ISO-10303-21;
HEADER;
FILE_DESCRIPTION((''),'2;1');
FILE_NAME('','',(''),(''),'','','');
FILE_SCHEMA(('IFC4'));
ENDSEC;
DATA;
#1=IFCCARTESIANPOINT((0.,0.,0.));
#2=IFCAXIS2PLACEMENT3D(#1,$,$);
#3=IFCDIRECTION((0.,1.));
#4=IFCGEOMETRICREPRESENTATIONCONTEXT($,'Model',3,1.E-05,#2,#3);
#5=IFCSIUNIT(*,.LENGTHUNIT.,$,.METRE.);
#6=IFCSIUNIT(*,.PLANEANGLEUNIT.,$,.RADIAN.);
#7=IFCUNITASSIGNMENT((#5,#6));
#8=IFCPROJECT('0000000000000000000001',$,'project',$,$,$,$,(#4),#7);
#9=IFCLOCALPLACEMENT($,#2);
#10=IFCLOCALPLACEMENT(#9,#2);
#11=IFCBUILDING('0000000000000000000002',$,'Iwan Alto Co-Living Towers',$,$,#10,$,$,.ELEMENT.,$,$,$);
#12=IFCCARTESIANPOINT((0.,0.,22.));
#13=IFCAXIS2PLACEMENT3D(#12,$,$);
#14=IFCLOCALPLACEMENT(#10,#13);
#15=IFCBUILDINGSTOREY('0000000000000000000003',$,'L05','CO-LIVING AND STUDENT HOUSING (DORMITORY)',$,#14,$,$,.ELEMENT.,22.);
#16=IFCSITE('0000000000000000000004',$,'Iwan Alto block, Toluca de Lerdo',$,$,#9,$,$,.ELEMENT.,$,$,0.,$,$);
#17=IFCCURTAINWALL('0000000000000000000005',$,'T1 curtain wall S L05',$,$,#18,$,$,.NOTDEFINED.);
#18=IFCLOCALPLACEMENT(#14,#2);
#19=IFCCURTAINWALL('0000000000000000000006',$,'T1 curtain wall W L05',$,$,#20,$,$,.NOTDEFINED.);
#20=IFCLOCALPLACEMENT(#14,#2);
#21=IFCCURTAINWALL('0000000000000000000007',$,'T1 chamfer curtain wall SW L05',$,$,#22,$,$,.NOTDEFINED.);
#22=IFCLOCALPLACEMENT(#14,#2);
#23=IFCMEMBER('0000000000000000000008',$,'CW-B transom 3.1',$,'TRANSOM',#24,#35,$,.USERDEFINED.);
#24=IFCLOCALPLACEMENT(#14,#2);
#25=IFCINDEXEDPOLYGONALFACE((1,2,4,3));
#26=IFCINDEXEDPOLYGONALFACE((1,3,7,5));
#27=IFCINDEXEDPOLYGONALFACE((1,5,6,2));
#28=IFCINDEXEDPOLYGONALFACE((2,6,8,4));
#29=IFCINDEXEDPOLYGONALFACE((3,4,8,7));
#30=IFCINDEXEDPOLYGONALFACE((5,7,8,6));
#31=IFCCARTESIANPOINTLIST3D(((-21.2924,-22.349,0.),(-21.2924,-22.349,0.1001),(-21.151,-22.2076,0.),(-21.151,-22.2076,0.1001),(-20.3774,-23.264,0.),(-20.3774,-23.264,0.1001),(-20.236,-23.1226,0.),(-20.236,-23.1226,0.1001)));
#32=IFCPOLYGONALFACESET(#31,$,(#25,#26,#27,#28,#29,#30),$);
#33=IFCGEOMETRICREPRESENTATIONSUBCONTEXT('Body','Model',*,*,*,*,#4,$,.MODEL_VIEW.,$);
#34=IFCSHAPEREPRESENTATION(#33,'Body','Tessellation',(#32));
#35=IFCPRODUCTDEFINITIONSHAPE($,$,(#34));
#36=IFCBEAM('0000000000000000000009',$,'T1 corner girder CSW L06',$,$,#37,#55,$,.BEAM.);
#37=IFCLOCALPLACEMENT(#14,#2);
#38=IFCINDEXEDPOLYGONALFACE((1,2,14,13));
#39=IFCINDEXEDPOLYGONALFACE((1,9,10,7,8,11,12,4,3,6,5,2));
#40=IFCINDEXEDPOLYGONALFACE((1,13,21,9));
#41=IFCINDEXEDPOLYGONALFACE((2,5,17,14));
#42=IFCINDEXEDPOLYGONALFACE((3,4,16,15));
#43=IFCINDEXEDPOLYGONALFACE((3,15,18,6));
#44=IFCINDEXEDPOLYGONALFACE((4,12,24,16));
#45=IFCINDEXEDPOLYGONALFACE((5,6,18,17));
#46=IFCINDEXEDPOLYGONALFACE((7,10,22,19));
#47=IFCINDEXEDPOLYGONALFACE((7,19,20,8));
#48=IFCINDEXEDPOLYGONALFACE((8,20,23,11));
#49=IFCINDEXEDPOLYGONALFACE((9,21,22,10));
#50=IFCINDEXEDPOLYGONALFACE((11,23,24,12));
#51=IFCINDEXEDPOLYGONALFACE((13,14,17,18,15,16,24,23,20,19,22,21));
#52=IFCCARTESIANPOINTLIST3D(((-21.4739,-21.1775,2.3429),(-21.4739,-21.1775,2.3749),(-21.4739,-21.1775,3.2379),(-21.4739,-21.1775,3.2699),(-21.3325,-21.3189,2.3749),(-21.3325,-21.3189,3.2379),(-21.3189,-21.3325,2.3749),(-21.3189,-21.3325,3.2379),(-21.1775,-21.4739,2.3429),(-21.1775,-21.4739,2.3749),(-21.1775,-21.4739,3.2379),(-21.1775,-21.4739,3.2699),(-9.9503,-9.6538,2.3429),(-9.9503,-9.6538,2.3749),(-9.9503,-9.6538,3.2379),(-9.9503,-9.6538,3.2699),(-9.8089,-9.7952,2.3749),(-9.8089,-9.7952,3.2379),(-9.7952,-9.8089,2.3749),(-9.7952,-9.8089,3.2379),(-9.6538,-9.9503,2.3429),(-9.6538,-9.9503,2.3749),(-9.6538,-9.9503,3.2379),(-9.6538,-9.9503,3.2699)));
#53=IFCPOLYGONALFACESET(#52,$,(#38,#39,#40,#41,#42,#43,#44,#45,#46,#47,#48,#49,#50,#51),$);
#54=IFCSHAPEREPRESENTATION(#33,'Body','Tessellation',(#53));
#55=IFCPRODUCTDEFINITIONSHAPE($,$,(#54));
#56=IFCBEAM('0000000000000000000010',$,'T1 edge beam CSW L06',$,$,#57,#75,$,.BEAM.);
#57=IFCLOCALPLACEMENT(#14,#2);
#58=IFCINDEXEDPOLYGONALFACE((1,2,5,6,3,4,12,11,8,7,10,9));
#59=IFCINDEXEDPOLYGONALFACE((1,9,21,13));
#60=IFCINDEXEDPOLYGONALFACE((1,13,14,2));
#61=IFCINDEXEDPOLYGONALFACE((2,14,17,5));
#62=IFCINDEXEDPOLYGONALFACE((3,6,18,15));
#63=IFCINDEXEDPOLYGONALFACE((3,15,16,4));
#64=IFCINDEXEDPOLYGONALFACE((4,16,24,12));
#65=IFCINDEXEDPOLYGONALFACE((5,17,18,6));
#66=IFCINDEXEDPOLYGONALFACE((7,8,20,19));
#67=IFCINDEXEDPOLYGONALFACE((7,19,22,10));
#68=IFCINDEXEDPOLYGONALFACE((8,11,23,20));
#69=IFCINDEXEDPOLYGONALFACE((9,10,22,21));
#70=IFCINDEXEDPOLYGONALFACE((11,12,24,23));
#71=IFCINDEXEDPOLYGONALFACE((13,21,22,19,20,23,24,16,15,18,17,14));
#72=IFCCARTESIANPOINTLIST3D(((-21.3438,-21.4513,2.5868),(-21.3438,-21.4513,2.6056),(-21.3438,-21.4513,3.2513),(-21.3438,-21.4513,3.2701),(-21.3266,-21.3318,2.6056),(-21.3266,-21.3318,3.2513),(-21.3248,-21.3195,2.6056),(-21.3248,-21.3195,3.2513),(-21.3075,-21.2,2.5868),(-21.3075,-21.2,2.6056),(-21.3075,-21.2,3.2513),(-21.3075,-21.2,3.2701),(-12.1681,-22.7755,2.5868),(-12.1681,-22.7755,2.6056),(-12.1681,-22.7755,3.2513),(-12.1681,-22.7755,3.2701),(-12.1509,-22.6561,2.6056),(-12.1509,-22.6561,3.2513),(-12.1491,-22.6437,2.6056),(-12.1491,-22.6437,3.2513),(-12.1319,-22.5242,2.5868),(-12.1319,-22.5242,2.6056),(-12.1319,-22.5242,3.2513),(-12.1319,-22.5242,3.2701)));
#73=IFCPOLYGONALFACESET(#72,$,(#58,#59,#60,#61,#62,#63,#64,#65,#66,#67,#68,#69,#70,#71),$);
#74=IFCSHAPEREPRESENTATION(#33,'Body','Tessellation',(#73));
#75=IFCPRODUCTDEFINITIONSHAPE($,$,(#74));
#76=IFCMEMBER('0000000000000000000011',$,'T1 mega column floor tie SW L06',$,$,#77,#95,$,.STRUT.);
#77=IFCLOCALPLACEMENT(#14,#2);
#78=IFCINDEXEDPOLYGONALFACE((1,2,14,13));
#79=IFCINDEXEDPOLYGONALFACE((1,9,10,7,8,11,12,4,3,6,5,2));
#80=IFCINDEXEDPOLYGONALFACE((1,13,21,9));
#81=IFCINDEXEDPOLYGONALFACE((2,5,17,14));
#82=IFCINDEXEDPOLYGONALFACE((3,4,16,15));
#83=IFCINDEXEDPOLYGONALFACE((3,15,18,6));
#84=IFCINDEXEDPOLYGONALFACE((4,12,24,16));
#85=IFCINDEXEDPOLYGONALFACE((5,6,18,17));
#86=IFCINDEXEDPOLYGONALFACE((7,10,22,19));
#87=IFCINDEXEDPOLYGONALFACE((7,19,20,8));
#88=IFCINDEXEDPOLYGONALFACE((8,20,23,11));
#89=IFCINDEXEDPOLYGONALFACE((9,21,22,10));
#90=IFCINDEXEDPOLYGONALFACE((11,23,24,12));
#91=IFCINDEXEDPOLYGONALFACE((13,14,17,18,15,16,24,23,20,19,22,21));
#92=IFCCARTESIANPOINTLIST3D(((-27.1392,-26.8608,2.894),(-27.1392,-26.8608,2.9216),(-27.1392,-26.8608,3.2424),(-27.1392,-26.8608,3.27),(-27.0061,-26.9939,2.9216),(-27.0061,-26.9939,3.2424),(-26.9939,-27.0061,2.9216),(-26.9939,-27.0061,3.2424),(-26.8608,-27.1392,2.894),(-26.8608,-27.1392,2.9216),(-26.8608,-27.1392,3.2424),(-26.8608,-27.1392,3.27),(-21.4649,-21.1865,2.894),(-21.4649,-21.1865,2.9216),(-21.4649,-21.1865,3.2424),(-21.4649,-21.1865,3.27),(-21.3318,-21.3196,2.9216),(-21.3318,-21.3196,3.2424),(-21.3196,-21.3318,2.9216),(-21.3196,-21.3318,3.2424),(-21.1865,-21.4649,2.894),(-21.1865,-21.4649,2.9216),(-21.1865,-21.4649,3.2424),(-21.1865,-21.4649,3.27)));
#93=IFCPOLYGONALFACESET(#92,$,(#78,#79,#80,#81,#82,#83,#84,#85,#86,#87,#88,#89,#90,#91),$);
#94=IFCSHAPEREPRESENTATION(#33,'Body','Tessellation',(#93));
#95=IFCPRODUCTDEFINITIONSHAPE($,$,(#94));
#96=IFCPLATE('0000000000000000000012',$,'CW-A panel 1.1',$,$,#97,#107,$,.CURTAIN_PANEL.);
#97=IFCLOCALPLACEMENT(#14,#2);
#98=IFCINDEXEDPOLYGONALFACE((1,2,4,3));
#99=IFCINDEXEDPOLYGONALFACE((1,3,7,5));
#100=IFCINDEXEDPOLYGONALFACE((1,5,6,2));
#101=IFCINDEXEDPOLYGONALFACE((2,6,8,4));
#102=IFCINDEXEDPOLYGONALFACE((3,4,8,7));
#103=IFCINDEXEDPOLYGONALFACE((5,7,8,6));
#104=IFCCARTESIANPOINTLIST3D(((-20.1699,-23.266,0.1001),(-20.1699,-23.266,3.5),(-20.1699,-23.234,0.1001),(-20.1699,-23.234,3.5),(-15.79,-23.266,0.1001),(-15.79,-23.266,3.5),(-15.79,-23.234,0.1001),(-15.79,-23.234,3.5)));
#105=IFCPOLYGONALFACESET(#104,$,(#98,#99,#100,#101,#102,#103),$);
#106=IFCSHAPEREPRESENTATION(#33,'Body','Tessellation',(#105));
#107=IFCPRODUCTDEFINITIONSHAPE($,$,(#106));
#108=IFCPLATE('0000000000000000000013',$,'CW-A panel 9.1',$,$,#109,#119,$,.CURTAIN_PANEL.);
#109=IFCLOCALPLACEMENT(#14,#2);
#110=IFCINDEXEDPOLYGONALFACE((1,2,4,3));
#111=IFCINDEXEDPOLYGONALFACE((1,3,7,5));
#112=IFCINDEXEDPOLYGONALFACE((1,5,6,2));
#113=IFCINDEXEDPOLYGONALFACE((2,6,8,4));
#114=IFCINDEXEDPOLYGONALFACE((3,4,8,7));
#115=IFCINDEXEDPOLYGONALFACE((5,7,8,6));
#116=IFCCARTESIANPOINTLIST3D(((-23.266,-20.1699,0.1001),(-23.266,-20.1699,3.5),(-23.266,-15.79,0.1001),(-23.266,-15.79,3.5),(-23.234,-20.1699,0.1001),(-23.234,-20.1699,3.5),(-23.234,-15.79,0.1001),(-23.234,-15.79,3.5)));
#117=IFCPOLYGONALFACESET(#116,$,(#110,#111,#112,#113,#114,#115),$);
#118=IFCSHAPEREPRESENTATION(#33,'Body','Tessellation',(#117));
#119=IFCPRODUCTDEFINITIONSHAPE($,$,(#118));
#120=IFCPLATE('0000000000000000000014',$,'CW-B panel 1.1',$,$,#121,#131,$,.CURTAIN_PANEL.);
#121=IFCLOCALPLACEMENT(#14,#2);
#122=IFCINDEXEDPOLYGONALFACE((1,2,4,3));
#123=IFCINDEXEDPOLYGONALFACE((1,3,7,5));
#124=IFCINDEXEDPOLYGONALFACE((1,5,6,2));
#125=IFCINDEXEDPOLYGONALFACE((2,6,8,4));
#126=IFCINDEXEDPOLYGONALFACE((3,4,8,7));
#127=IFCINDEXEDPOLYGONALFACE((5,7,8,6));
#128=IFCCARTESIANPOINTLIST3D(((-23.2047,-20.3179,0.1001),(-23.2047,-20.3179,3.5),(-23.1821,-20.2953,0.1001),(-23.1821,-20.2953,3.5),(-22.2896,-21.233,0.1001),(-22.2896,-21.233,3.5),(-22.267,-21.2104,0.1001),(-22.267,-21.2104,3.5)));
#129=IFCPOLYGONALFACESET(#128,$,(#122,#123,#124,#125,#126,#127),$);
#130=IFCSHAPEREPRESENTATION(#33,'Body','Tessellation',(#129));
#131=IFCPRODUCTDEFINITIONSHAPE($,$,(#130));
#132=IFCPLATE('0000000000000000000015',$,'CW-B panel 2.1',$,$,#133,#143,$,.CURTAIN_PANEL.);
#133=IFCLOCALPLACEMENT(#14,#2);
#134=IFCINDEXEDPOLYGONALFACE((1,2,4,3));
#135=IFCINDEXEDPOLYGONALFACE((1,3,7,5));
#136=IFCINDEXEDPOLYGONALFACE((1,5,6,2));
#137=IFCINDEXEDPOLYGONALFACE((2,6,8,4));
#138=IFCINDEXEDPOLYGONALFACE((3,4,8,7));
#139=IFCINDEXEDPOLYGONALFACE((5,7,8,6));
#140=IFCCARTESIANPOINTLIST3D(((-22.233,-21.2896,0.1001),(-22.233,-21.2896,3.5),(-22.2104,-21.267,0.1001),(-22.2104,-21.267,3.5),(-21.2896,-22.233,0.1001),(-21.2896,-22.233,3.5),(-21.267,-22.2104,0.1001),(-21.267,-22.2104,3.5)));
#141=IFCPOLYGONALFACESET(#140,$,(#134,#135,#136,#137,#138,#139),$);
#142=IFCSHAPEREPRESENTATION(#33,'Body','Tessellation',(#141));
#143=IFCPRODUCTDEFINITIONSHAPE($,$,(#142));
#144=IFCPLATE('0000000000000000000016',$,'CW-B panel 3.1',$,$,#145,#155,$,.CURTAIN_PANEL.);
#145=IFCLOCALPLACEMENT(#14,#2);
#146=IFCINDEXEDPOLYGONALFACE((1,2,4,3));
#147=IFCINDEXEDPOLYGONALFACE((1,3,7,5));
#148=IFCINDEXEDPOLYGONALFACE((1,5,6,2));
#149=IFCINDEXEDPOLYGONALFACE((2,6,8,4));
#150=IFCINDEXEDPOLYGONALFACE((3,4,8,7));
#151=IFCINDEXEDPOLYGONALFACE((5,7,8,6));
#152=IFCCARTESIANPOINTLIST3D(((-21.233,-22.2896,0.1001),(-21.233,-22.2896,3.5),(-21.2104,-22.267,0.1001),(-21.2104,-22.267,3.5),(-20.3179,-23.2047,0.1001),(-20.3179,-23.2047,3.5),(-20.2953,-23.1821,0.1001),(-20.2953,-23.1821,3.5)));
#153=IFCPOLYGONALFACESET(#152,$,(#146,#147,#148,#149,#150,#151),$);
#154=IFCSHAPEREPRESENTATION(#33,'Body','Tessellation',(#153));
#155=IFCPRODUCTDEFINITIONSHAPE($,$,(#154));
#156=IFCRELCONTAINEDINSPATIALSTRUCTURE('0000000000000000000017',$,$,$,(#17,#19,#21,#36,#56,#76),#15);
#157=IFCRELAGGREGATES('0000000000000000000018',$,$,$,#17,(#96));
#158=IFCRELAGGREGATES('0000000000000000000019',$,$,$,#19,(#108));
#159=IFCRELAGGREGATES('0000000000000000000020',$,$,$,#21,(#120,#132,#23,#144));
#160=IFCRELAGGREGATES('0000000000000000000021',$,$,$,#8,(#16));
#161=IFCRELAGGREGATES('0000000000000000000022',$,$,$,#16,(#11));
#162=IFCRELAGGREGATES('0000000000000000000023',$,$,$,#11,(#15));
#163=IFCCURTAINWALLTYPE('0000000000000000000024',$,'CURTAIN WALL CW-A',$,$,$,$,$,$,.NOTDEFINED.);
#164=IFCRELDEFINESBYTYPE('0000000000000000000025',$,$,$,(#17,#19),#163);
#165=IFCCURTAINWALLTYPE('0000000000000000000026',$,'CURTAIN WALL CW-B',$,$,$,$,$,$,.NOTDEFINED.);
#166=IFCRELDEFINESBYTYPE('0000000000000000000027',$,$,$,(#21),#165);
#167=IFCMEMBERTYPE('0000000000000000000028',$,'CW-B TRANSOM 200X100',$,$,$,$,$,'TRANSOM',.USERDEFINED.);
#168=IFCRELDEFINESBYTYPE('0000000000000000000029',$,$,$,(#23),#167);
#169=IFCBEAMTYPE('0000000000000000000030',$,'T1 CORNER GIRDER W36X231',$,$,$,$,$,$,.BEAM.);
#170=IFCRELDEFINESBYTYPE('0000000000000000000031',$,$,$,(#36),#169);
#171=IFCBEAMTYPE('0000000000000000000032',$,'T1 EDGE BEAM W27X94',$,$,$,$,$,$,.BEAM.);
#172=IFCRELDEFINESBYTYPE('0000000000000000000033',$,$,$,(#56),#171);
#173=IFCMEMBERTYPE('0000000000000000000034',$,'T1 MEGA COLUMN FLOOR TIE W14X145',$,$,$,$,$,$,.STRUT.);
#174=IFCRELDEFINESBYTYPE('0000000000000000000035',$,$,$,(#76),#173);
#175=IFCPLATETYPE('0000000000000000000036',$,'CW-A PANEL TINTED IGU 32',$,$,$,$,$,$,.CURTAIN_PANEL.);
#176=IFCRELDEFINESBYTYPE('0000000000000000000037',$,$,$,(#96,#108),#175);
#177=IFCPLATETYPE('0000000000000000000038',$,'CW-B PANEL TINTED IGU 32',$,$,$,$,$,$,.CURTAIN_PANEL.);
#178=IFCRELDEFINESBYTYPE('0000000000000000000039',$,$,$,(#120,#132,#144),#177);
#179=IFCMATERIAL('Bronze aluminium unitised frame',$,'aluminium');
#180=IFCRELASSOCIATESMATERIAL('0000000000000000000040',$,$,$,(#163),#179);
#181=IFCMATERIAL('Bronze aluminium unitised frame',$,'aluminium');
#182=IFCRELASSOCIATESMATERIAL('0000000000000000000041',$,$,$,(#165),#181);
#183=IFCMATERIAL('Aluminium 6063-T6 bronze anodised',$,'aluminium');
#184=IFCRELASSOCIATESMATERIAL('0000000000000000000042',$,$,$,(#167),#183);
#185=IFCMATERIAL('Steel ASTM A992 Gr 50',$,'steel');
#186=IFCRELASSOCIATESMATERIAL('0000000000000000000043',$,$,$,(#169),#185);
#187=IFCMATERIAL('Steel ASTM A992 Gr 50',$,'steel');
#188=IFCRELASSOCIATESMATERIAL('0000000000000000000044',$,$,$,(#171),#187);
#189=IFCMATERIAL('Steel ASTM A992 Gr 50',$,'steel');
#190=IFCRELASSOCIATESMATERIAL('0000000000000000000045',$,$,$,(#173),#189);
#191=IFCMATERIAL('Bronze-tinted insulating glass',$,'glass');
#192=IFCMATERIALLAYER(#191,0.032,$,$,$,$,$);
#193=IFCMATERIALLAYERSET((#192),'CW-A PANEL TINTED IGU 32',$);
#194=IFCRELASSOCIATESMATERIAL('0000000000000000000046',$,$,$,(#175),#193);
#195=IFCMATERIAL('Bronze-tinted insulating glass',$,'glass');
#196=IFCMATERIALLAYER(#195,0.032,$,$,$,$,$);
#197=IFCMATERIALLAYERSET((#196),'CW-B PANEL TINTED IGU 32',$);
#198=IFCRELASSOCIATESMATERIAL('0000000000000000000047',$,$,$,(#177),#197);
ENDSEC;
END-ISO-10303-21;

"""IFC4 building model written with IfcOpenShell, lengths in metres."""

from ifc_helpers import new_model, si_unit, direction, frame, origin, origin_2d, place, context, subcontext, project, spatial, rectangle, i_section, extrude, material, layer, layer_set, material_profile, profile_set, type_object, element, aggregate, save


model = new_model("IFC4")

# Units and contexts
model_context = context("Model", 3, precision=1e-05, world=origin(), true_north=direction((0.0, 1.0)))
body_context = subcontext(model_context, "Body", "Model", "MODEL_VIEW")
ifc_project = project(units=[si_unit("LENGTHUNIT", "METRE"), si_unit("PLANEANGLEUNIT", "RADIAN")], contexts=[model_context])

# Site, building, storey
site_placement = place(None, origin())
site = spatial("IfcSite", under=ifc_project, at=site_placement, Name="Iwan Alto block, Toluca de Lerdo", CompositionType="ELEMENT", RefElevation=0.0)
building_placement = place(site_placement, origin())
building = spatial("IfcBuilding", under=site, at=building_placement, Name="Iwan Alto Co-Living Towers", CompositionType="ELEMENT")
storey_placement = place(building_placement, frame((0.0, 0.0, 22.0)))
storey = spatial("IfcBuildingStorey", under=building, at=storey_placement, Name="L05", Description="CO-LIVING AND STUDENT HOUSING (DORMITORY)", CompositionType="ELEMENT", Elevation=22.0)

# Curtain wall
ifc_material_1 = material(Name="Bronze aluminium unitised frame", Category="aluminium")
curtain_wall_type_1 = type_object("IfcCurtainWallType", Name="CURTAIN WALL CW-A", PredefinedType="NOTDEFINED", material=ifc_material_1)
curtain_wall_1_placement = place(storey_placement, origin())
curtain_wall_1 = element("IfcCurtainWall", 1, at=curtain_wall_1_placement, inside=storey, type_object=curtain_wall_type_1, Name="T1 curtain wall S L05", PredefinedType="NOTDEFINED")

# Curtain wall
curtain_wall_2_placement = place(storey_placement, origin())
curtain_wall_2 = element("IfcCurtainWall", 2, at=curtain_wall_2_placement, inside=storey, type_object=curtain_wall_type_1, Name="T1 curtain wall W L05", PredefinedType="NOTDEFINED")

# Curtain wall, member
ifc_material_2 = material(Name="Bronze aluminium unitised frame", Category="aluminium")
curtain_wall_type_2 = type_object("IfcCurtainWallType", Name="CURTAIN WALL CW-B", PredefinedType="NOTDEFINED", material=ifc_material_2)
curtain_wall_3_placement = place(storey_placement, origin())
curtain_wall_3 = element("IfcCurtainWall", 3, at=curtain_wall_3_placement, inside=storey, type_object=curtain_wall_type_2, Name="T1 chamfer curtain wall SW L05", PredefinedType="NOTDEFINED")
ifc_material_3 = material(Name="Aluminium 6063-T6 bronze anodised", Category="aluminium")
ifc_material_profile_1 = material_profile(ifc_material_3, rectangle(XDim=0.2, YDim=0.1001, at=origin_2d()), Name="AL 200X100")
ifc_profile_set_1 = profile_set([ifc_material_profile_1], Name="Aluminium 6063-T6 bronze anodised")
member_type_1 = type_object("IfcMemberType", Name="CW-B TRANSOM 200X100", ElementType="TRANSOM", PredefinedType="USERDEFINED", material=ifc_profile_set_1)
member_1_placement = place(storey_placement, frame((-21.2217, -22.2783, 0.05), z_axis=(0.707107, -0.707107, 0.0), x_axis=(0.707107, 0.707107, 0.0)))
member_1 = element("IfcMember", 4, at=member_1_placement, type_object=member_type_1, Name="CW-B transom 3.1", ObjectType="TRANSOM", PredefinedType="USERDEFINED", context=body_context, shape_type="SweptSolid", body=[
    extrude(rectangle(XDim=0.2, YDim=0.1001, at=origin_2d()), origin(), (0.0, 0.0, 1.0), 1.2939),
])

# Beams
ifc_material_4 = material(Name="Steel ASTM A992 Gr 50", Category="steel")
ifc_material_profile_2 = material_profile(ifc_material_4, i_section(OverallWidth=0.4192, OverallDepth=0.927, WebThickness=0.0193, FlangeThickness=0.032, at=origin_2d()), Name="W36X231")
ifc_profile_set_2 = profile_set([ifc_material_profile_2], Name="Steel ASTM A992 Gr 50")
beam_type_1 = type_object("IfcBeamType", Name="T1 CORNER GIRDER W36X231", PredefinedType="BEAM", material=ifc_profile_set_2)
beam_1_placement = place(storey_placement, frame((-21.3257, -21.3257, 2.8064), z_axis=(0.707107, 0.707107, 0.0), x_axis=(-0.707107, 0.707107, 0.0)))
element("IfcBeam", 5, at=beam_1_placement, inside=storey, type_object=beam_type_1, Name="T1 corner girder CSW L06", PredefinedType="BEAM", context=body_context, shape_type="SweptSolid", body=[
    extrude(i_section(OverallWidth=0.4192, OverallDepth=0.927, WebThickness=0.0193, FlangeThickness=0.032, at=origin_2d()), origin(), (0.0, 0.0, 1.0), 16.2969),
])
ifc_material_5 = material(Name="Steel ASTM A992 Gr 50", Category="steel")
ifc_material_profile_3 = material_profile(ifc_material_5, i_section(OverallWidth=0.2539, OverallDepth=0.6833, WebThickness=0.0125, FlangeThickness=0.0188, at=origin_2d()), Name="W27X94")
ifc_profile_set_3 = profile_set([ifc_material_profile_3], Name="Steel ASTM A992 Gr 50")
beam_type_2 = type_object("IfcBeamType", Name="T1 EDGE BEAM W27X94", PredefinedType="BEAM", material=ifc_profile_set_3)
beam_2_placement = place(storey_placement, frame((-21.3257, -21.3257, 2.9285), z_axis=(0.989746, -0.142837, 0.0), x_axis=(0.142837, 0.989746, 0.0)))
element("IfcBeam", 6, at=beam_2_placement, inside=storey, type_object=beam_type_2, Name="T1 edge beam CSW L06", PredefinedType="BEAM", context=body_context, shape_type="SweptSolid", body=[
    extrude(i_section(OverallWidth=0.2539, OverallDepth=0.6833, WebThickness=0.0125, FlangeThickness=0.0188, at=origin_2d()), origin(), (0.0, 0.0, 1.0), 9.2708),
])

# Member
ifc_material_6 = material(Name="Steel ASTM A992 Gr 50", Category="steel")
ifc_material_profile_4 = material_profile(ifc_material_6, i_section(OverallWidth=0.3938, OverallDepth=0.376, WebThickness=0.0173, FlangeThickness=0.0276, at=origin_2d()), Name="W14X145")
ifc_profile_set_4 = profile_set([ifc_material_profile_4], Name="Steel ASTM A992 Gr 50")
member_type_2 = type_object("IfcMemberType", Name="T1 MEGA COLUMN FLOOR TIE W14X145", PredefinedType="STRUT", material=ifc_profile_set_4)
member_2_placement = place(storey_placement, frame((-27.0, -27.0, 3.082), z_axis=(0.707107, 0.707107, 0.0), x_axis=(-0.707107, 0.707107, 0.0)))
element("IfcMember", 7, at=member_2_placement, inside=storey, type_object=member_type_2, Name="T1 mega column floor tie SW L06", PredefinedType="STRUT", context=body_context, shape_type="SweptSolid", body=[
    extrude(i_section(OverallWidth=0.3938, OverallDepth=0.376, WebThickness=0.0173, FlangeThickness=0.0276, at=origin_2d()), origin(), (0.0, 0.0, 1.0), 8.0247),
])

# Plates
ifc_material_7 = material(Name="Bronze-tinted insulating glass", Category="glass")
ifc_layer_1 = layer(ifc_material_7, 0.032)
ifc_layer_set_1 = layer_set([ifc_layer_1], Name="CW-A PANEL TINTED IGU 32")
plate_type_1 = type_object("IfcPlateType", Name="CW-A PANEL TINTED IGU 32", PredefinedType="CURTAIN_PANEL", material=ifc_layer_set_1)
plate_1_placement = place(storey_placement, frame((-17.98, -23.25, 0.1001), z_axis=(0.0, 0.0, 1.0), x_axis=(1.0, 0.0, 0.0)))
plate_1 = element("IfcPlate", 8, at=plate_1_placement, type_object=plate_type_1, Name="CW-A panel 1.1", PredefinedType="CURTAIN_PANEL", context=body_context, shape_type="SweptSolid", body=[
    extrude(rectangle(XDim=4.3799, YDim=0.032, at=origin_2d()), origin(), (0.0, 0.0, 1.0), 3.3999),
])
aggregate(curtain_wall_1, [plate_1])
plate_2_placement = place(storey_placement, frame((-23.25, -17.98, 0.1001), z_axis=(0.0, 0.0, 1.0), x_axis=(0.0, -1.0, 0.0)))
plate_2 = element("IfcPlate", 9, at=plate_2_placement, type_object=plate_type_1, Name="CW-A panel 9.1", PredefinedType="CURTAIN_PANEL", context=body_context, shape_type="SweptSolid", body=[
    extrude(rectangle(XDim=4.3799, YDim=0.032, at=origin_2d()), origin(), (0.0, 0.0, 1.0), 3.3999),
])
aggregate(curtain_wall_2, [plate_2])
ifc_material_8 = material(Name="Bronze-tinted insulating glass", Category="glass")
ifc_layer_2 = layer(ifc_material_8, 0.032)
ifc_layer_set_2 = layer_set([ifc_layer_2], Name="CW-B PANEL TINTED IGU 32")
plate_type_2 = type_object("IfcPlateType", Name="CW-B PANEL TINTED IGU 32", PredefinedType="CURTAIN_PANEL", material=ifc_layer_set_2)
plate_3_placement = place(storey_placement, frame((-22.7358, -20.7642, 0.1001), z_axis=(0.0, 0.0, 1.0), x_axis=(0.707107, -0.707107, 0.0)))
plate_3 = element("IfcPlate", 10, at=plate_3_placement, type_object=plate_type_2, Name="CW-B panel 1.1", PredefinedType="CURTAIN_PANEL", context=body_context, shape_type="SweptSolid", body=[
    extrude(rectangle(XDim=1.2942, YDim=0.032, at=origin_2d()), origin(), (0.0, 0.0, 1.0), 3.3999),
])
plate_4_placement = place(storey_placement, frame((-21.75, -21.75, 0.1001), z_axis=(0.0, 0.0, 1.0), x_axis=(0.707107, -0.707107, 0.0)))
plate_4 = element("IfcPlate", 11, at=plate_4_placement, type_object=plate_type_2, Name="CW-B panel 2.1", PredefinedType="CURTAIN_PANEL", context=body_context, shape_type="SweptSolid", body=[
    extrude(rectangle(XDim=1.3342, YDim=0.032, at=origin_2d()), origin(), (0.0, 0.0, 1.0), 3.3999),
])
plate_5_placement = place(storey_placement, frame((-20.7642, -22.7358, 0.1001), z_axis=(0.0, 0.0, 1.0), x_axis=(0.707107, -0.707107, 0.0)))
plate_5 = element("IfcPlate", 12, at=plate_5_placement, type_object=plate_type_2, Name="CW-B panel 3.1", PredefinedType="CURTAIN_PANEL", context=body_context, shape_type="SweptSolid", body=[
    extrude(rectangle(XDim=1.2942, YDim=0.032, at=origin_2d()), origin(), (0.0, 0.0, 1.0), 3.3999),
])
aggregate(curtain_wall_3, [plate_3, plate_4, member_1, plate_5])

save(model, "model.ifc")
